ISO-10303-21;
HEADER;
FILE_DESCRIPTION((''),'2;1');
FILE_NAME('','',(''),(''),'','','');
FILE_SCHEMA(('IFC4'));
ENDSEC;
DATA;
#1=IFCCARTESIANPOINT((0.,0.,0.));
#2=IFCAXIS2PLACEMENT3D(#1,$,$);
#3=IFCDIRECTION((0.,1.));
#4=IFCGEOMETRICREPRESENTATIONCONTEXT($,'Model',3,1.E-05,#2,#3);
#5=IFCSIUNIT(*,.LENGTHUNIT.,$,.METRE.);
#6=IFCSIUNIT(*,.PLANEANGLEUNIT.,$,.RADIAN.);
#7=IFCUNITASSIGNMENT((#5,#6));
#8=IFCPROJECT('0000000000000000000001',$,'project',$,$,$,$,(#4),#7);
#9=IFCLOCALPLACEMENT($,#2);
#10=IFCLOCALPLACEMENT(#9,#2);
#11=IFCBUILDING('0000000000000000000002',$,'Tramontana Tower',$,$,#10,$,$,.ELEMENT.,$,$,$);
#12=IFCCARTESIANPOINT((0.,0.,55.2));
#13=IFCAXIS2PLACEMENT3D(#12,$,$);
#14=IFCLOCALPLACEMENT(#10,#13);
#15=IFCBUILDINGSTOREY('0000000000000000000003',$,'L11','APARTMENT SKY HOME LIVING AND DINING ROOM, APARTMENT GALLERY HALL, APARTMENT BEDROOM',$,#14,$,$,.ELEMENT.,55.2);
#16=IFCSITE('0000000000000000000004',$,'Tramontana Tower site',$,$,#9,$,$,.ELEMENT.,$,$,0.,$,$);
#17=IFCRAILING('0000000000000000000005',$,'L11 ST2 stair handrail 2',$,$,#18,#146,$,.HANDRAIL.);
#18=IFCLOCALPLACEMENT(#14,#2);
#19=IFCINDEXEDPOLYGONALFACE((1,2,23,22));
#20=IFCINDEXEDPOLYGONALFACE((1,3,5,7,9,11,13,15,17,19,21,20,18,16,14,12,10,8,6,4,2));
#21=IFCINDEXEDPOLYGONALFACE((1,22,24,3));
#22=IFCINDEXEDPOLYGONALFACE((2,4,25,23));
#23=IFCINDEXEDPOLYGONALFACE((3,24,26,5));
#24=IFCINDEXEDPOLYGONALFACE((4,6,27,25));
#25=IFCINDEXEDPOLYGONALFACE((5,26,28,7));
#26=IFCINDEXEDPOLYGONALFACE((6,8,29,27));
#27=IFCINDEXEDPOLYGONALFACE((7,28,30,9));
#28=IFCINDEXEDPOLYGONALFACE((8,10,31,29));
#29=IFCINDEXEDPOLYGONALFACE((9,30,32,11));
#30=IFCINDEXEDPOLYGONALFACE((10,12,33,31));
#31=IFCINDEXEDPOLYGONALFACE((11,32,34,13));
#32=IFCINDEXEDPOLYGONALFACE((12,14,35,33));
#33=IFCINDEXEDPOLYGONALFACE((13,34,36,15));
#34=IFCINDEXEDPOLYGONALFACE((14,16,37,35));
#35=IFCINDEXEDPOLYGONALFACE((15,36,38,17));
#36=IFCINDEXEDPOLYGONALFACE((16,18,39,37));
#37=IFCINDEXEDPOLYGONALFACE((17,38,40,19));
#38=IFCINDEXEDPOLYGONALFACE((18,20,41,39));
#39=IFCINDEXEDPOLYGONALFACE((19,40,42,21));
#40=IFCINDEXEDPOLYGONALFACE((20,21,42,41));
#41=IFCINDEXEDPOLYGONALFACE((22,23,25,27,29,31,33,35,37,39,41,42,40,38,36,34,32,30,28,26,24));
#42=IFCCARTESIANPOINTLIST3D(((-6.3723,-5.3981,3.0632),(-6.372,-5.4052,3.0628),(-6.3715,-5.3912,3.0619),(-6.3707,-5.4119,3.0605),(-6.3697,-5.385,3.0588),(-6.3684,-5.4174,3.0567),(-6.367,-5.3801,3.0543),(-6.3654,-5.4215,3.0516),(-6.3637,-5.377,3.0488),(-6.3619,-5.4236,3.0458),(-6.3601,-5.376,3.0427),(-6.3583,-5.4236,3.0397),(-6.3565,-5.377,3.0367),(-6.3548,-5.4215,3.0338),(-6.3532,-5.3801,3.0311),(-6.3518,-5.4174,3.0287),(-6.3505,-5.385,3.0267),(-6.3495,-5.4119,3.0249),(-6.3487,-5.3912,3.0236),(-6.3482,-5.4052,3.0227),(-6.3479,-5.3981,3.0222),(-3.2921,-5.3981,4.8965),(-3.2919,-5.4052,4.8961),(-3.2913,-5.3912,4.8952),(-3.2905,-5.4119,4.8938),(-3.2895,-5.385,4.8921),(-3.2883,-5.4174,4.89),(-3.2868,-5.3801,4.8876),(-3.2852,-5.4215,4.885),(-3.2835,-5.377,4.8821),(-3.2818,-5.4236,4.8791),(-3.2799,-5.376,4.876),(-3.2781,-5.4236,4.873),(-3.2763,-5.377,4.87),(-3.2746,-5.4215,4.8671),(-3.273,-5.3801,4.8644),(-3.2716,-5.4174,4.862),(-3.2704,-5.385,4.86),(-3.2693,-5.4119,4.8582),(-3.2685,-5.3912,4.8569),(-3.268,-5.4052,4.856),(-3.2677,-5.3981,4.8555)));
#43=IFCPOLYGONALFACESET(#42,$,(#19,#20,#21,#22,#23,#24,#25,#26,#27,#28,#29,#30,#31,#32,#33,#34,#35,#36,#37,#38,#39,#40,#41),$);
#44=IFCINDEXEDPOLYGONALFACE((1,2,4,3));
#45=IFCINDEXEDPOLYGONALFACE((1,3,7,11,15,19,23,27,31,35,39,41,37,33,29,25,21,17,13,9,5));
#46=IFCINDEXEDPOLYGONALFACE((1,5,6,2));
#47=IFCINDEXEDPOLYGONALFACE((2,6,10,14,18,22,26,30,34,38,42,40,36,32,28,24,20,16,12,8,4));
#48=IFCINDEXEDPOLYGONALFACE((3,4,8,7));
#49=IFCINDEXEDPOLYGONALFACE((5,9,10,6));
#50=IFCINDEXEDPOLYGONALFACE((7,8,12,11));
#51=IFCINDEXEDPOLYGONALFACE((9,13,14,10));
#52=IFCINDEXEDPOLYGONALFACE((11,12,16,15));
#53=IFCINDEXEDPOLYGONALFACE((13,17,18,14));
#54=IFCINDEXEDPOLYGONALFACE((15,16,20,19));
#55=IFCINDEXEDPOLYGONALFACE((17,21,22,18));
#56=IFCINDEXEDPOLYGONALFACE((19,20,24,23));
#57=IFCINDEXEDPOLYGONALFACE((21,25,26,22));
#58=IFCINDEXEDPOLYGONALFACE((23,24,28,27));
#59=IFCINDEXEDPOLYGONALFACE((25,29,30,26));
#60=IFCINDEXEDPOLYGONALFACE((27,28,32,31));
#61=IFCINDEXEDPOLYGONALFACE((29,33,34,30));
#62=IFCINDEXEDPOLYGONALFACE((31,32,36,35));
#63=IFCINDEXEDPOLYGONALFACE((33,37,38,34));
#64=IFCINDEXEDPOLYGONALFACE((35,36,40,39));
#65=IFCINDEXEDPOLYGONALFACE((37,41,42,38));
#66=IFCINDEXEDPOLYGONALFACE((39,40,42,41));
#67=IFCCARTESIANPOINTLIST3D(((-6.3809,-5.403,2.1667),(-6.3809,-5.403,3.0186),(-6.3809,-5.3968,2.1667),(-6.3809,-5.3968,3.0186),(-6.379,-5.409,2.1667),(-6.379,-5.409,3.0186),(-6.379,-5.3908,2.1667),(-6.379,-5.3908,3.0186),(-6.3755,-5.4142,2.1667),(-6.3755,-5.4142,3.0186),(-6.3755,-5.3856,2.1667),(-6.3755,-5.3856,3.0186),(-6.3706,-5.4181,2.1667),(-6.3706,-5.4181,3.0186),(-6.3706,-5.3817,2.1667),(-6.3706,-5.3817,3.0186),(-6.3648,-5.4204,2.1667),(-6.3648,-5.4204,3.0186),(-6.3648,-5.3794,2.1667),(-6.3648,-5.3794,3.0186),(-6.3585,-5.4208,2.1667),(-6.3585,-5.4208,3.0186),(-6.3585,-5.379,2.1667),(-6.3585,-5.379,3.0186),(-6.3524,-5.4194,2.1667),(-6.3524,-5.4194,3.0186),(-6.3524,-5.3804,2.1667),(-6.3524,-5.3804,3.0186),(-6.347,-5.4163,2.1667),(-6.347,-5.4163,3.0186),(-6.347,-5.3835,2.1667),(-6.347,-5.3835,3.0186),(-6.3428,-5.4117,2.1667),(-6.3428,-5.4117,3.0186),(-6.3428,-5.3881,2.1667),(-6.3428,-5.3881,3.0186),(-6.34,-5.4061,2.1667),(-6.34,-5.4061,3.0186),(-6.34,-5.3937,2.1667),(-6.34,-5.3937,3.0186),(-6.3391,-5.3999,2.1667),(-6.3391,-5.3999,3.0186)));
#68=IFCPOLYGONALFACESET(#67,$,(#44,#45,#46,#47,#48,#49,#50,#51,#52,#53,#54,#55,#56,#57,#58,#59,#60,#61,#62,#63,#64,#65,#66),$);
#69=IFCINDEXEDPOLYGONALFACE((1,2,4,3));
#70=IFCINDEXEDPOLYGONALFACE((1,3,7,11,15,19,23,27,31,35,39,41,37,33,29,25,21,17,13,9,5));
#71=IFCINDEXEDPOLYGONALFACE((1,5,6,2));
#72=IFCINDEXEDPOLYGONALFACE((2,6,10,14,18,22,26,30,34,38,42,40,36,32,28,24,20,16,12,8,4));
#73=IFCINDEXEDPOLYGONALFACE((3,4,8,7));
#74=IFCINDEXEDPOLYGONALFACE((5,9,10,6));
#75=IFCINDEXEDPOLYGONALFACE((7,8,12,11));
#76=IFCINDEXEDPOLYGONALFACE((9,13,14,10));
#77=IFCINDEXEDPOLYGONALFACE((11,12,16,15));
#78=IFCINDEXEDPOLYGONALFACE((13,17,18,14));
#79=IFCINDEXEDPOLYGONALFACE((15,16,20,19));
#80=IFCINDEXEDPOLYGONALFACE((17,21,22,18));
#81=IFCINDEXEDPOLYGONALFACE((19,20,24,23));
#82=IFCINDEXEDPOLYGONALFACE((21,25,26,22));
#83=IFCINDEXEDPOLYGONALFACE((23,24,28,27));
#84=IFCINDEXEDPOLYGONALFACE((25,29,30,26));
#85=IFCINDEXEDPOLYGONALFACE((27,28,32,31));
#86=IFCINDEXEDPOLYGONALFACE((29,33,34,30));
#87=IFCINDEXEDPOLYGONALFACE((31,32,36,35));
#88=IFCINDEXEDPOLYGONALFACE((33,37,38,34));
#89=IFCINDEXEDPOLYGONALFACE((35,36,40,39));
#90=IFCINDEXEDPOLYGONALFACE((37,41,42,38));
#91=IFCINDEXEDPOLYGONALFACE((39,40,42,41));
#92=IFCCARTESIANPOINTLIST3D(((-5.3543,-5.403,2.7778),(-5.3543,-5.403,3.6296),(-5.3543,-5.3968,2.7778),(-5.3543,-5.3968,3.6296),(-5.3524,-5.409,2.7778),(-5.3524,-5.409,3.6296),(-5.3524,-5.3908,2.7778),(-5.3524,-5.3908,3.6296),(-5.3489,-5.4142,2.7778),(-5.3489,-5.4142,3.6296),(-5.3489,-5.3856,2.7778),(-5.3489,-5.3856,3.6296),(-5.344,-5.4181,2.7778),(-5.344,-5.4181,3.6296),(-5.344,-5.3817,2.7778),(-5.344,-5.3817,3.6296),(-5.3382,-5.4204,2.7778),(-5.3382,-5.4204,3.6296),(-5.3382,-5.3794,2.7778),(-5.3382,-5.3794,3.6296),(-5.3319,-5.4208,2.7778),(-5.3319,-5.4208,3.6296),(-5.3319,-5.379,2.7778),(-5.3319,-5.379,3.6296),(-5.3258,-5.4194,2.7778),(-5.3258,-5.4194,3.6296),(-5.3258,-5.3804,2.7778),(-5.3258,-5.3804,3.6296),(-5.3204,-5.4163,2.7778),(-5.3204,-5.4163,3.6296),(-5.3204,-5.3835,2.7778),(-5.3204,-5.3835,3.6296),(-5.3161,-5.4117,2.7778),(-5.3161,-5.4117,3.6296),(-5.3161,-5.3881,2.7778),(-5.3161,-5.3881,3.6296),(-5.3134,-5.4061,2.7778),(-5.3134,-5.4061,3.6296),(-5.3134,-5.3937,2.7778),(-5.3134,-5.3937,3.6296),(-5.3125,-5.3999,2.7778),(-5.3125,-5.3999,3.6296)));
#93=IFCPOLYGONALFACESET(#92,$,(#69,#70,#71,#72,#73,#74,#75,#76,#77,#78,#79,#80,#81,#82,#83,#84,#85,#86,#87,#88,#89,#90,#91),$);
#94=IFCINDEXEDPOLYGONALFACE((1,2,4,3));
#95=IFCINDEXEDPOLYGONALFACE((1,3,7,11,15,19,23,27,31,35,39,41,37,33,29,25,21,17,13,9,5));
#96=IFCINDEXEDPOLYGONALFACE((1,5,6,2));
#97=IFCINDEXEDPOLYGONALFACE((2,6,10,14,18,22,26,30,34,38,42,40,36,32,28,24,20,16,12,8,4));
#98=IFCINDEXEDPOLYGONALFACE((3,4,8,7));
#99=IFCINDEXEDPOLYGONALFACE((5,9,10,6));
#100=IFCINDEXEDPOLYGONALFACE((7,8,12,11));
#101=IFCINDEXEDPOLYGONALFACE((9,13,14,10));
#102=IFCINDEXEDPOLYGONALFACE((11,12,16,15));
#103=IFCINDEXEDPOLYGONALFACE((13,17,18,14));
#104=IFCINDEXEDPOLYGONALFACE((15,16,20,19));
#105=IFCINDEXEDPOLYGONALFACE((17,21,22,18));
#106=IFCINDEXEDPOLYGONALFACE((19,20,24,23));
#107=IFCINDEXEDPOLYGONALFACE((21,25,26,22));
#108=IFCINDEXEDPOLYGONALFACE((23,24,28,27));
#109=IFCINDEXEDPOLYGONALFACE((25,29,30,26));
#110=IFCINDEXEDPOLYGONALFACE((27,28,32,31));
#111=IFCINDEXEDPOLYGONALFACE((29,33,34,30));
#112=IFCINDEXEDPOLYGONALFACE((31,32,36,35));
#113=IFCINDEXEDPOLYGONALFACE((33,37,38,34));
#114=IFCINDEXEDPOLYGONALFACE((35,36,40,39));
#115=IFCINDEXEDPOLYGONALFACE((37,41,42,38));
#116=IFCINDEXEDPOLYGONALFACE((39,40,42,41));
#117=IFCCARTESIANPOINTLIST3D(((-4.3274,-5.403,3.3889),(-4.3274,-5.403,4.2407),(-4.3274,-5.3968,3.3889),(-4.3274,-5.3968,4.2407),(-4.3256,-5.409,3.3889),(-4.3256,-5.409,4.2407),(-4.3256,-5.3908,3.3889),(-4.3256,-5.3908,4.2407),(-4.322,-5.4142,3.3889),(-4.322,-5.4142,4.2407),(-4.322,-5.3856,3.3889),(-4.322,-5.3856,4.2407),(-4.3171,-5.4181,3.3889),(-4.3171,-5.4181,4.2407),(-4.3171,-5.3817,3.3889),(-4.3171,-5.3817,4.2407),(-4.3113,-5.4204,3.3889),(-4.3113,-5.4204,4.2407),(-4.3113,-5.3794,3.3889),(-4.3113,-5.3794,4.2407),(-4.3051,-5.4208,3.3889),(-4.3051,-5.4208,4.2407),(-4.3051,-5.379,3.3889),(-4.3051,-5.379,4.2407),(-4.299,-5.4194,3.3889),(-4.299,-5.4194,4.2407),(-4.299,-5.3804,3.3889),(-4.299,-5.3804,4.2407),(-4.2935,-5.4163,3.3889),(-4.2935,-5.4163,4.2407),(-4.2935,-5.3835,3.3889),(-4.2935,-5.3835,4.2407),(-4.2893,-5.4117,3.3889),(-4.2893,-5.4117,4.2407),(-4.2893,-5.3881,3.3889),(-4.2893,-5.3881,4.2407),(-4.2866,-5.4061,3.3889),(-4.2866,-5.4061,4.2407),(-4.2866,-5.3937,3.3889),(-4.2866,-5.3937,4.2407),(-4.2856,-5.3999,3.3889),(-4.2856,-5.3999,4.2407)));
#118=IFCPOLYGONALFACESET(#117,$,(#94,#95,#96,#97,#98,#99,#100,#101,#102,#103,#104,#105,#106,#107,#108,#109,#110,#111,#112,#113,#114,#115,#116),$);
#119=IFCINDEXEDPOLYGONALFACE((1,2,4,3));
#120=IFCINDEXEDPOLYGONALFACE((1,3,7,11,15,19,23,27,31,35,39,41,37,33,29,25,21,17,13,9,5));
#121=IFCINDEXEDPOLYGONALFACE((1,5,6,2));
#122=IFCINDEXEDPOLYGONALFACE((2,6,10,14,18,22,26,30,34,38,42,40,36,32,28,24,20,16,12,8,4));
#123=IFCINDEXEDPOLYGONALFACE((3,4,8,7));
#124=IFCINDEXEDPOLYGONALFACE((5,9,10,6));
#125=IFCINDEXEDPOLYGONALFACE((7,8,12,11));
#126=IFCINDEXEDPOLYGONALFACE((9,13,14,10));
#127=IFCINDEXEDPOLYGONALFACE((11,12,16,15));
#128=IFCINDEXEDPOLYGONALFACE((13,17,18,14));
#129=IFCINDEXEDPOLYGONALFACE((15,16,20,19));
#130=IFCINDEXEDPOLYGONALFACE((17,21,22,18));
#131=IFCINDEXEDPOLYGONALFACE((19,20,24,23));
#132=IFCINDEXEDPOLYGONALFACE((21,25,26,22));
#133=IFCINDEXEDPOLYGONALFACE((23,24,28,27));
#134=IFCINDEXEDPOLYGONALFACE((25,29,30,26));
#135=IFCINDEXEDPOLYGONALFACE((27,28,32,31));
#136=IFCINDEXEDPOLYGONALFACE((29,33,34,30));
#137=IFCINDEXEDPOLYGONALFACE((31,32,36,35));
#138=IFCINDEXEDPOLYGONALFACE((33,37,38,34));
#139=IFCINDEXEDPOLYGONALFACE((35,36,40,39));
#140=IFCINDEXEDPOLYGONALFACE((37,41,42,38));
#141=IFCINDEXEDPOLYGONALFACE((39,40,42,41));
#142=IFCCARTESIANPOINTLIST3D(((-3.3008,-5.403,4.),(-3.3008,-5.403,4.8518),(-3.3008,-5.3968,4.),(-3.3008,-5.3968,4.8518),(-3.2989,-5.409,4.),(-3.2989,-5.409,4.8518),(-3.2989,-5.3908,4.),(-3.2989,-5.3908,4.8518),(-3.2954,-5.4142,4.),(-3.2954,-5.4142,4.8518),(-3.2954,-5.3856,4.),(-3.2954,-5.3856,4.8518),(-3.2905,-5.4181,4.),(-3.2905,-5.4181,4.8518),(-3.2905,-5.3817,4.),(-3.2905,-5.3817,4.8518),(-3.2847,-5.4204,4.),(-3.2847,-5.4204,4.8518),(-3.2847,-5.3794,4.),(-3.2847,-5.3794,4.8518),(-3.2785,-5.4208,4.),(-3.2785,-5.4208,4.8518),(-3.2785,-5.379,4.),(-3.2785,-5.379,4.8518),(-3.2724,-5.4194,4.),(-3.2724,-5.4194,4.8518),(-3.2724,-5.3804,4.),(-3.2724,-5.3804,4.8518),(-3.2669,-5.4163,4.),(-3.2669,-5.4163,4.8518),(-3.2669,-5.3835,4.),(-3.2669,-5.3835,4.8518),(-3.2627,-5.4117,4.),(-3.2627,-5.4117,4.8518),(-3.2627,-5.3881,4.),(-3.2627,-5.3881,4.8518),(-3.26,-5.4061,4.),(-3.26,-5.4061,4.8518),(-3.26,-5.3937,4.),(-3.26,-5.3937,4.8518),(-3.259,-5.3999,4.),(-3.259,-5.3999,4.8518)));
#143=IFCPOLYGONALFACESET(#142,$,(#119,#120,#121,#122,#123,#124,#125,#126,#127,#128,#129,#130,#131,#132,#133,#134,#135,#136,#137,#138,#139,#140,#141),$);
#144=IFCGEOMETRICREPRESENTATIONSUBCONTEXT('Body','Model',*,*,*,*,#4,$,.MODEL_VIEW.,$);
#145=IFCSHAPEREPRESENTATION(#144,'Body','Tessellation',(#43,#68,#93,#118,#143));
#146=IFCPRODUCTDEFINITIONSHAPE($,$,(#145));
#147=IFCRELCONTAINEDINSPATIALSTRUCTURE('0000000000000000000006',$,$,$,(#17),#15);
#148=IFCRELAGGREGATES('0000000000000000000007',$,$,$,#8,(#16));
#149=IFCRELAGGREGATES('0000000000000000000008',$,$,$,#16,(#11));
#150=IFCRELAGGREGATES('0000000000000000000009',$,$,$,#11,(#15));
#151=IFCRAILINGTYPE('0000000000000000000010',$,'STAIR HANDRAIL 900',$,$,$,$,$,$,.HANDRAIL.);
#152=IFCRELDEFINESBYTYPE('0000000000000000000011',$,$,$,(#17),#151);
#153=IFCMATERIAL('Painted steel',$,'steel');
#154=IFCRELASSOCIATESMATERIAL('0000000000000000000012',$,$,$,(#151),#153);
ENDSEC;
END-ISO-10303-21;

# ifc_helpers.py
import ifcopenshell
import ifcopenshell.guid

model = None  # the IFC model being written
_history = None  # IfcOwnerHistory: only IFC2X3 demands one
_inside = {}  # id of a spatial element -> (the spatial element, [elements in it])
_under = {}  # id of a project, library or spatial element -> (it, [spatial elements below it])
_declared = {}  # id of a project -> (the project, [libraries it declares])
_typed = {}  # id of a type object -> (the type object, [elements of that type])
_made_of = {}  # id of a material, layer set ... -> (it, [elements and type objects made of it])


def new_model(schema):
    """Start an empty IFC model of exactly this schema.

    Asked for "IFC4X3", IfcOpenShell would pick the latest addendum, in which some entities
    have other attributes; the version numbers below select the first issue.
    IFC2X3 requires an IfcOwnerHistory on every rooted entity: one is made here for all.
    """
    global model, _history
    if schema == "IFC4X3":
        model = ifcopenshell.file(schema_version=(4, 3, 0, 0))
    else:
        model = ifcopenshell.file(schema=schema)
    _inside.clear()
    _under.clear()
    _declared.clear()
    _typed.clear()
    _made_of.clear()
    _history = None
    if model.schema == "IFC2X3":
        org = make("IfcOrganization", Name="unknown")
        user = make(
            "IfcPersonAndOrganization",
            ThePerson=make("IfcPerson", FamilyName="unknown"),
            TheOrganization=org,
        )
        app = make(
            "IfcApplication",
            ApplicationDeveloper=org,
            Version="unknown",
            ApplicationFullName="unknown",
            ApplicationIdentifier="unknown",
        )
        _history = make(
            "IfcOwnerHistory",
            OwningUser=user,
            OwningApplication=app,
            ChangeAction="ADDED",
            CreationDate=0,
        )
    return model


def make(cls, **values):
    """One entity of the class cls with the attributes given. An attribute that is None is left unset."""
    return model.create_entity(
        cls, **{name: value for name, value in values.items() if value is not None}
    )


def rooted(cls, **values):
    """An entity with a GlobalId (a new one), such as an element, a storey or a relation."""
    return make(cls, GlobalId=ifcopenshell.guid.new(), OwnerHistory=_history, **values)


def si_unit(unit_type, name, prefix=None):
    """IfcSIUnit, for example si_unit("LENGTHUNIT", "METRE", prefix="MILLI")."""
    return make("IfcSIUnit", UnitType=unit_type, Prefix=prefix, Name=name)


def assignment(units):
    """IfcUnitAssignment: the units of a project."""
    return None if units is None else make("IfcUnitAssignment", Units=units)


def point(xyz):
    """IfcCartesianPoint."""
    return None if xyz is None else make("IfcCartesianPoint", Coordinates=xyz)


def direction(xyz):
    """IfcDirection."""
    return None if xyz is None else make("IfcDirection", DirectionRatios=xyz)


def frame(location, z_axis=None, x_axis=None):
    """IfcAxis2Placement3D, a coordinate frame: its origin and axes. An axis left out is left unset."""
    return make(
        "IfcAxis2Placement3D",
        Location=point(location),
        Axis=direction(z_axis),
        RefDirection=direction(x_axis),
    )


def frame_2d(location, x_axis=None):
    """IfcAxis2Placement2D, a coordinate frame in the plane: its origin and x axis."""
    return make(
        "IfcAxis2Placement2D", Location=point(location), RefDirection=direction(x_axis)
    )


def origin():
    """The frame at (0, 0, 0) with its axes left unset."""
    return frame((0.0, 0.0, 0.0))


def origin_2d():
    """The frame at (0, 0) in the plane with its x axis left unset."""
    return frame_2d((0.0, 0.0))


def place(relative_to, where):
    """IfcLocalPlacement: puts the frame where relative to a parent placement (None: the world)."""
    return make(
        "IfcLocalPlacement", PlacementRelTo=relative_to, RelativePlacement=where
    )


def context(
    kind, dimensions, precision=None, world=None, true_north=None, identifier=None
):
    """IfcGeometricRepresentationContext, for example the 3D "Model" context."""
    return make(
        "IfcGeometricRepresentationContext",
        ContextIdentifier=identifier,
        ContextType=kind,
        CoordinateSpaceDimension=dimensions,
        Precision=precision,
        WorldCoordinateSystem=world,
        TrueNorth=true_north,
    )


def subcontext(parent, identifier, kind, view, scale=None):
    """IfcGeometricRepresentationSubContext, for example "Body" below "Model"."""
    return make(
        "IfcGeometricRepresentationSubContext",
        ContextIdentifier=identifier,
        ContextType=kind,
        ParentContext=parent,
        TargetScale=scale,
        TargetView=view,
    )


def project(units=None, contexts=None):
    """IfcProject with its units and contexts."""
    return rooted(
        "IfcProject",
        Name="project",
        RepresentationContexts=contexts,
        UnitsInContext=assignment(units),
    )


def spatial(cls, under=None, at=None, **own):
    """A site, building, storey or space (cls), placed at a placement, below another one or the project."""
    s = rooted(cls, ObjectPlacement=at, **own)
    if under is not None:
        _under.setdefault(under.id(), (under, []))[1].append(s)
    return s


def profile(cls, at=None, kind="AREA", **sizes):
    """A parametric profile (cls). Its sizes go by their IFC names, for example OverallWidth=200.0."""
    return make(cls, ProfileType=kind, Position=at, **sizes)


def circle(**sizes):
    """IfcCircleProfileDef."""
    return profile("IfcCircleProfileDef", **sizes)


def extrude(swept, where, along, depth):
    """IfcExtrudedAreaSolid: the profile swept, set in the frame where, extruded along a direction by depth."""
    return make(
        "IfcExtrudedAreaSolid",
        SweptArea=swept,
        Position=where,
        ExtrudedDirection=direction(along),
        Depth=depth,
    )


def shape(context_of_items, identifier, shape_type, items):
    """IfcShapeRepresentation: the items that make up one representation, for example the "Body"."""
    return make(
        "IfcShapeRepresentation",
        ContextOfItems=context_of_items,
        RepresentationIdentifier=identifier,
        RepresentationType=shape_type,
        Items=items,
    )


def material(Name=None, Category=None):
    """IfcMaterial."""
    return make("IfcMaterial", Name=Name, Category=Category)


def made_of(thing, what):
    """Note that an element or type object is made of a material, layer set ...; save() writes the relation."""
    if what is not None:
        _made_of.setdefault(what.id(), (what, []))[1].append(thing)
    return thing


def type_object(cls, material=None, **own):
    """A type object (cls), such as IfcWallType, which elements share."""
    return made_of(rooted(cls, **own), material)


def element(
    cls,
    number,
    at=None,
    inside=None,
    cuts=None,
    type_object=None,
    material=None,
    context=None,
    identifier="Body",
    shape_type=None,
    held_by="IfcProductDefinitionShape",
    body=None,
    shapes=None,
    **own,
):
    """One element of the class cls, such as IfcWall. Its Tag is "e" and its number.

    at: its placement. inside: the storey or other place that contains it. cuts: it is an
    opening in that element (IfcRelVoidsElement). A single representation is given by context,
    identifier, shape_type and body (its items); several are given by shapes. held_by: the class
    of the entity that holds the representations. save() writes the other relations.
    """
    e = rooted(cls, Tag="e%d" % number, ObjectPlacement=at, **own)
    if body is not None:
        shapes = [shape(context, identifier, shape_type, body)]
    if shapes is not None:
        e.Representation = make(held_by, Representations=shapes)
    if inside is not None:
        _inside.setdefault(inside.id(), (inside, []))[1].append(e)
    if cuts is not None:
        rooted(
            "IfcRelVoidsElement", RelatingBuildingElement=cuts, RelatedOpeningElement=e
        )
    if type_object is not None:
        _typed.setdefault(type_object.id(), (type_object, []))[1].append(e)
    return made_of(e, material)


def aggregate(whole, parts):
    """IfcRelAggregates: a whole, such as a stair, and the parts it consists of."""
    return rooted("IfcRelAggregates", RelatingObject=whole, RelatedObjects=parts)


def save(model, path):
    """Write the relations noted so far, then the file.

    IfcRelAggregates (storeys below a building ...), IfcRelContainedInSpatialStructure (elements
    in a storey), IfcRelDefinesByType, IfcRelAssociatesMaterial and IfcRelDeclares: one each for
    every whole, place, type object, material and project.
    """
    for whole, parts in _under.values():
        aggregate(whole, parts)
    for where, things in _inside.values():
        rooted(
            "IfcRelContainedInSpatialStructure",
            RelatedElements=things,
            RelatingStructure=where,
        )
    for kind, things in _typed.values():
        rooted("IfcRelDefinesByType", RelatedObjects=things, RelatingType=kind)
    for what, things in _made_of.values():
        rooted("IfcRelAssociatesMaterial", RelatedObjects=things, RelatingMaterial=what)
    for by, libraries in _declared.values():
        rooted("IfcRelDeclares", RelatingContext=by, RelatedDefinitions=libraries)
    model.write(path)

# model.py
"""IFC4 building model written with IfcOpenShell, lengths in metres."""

from ifc_helpers import new_model, si_unit, direction, frame, origin, origin_2d, place, context, subcontext, project, spatial, circle, extrude, material, type_object, element, save


model = new_model("IFC4")

# Units and contexts
model_context = context("Model", 3, precision=1e-05, world=origin(), true_north=direction((0.0, 1.0)))
body_context = subcontext(model_context, "Body", "Model", "MODEL_VIEW")
ifc_project = project(units=[si_unit("LENGTHUNIT", "METRE"), si_unit("PLANEANGLEUNIT", "RADIAN")], contexts=[model_context])

# Site, building, storey
site_placement = place(None, origin())
site = spatial("IfcSite", under=ifc_project, at=site_placement, Name="Tramontana Tower site", CompositionType="ELEMENT", RefElevation=0.0)
building_placement = place(site_placement, origin())
building = spatial("IfcBuilding", under=site, at=building_placement, Name="Tramontana Tower", CompositionType="ELEMENT")
storey_placement = place(building_placement, frame((0.0, 0.0, 55.2)))
storey = spatial("IfcBuildingStorey", under=building, at=storey_placement, Name="L11", Description="APARTMENT SKY HOME LIVING AND DINING ROOM, APARTMENT GALLERY HALL, APARTMENT BEDROOM", CompositionType="ELEMENT", Elevation=55.2)

# Railing
ifc_material_1 = material(Name="Painted steel", Category="steel")
railing_type_1 = type_object("IfcRailingType", Name="STAIR HANDRAIL 900", PredefinedType="HANDRAIL", material=ifc_material_1)
railing_1_placement = place(storey_placement, frame((-6.3601, -5.3999, 2.1667)))
element("IfcRailing", 1, at=railing_1_placement, inside=storey, type_object=railing_type_1, Name="L11 ST2 stair handrail 2", PredefinedType="HANDRAIL", context=body_context, shape_type="SweptSolid", body=[
    extrude(circle(Radius=0.0239, at=origin_2d()), frame((0.0, 0.0, 0.876), z_axis=(0.859309, 0.0, 0.511458), x_axis=(0.0, 1.0, 0.0)), (0.0, 0.0, 1.0), 3.5845),
    extrude(circle(Radius=0.021, at=origin_2d()), origin(), (0.0, 0.0, 1.0), 0.8518),
    extrude(circle(Radius=0.021, at=origin_2d()), frame((1.0266, 0.0, 0.6111)), (0.0, 0.0, 1.0), 0.8518),
    extrude(circle(Radius=0.021, at=origin_2d()), frame((2.0535, 0.0, 1.2222)), (0.0, 0.0, 1.0), 0.8518),
    extrude(circle(Radius=0.021, at=origin_2d()), frame((3.0801, 0.0, 1.8333)), (0.0, 0.0, 1.0), 0.8518),
])

save(model, "model.ifc")
